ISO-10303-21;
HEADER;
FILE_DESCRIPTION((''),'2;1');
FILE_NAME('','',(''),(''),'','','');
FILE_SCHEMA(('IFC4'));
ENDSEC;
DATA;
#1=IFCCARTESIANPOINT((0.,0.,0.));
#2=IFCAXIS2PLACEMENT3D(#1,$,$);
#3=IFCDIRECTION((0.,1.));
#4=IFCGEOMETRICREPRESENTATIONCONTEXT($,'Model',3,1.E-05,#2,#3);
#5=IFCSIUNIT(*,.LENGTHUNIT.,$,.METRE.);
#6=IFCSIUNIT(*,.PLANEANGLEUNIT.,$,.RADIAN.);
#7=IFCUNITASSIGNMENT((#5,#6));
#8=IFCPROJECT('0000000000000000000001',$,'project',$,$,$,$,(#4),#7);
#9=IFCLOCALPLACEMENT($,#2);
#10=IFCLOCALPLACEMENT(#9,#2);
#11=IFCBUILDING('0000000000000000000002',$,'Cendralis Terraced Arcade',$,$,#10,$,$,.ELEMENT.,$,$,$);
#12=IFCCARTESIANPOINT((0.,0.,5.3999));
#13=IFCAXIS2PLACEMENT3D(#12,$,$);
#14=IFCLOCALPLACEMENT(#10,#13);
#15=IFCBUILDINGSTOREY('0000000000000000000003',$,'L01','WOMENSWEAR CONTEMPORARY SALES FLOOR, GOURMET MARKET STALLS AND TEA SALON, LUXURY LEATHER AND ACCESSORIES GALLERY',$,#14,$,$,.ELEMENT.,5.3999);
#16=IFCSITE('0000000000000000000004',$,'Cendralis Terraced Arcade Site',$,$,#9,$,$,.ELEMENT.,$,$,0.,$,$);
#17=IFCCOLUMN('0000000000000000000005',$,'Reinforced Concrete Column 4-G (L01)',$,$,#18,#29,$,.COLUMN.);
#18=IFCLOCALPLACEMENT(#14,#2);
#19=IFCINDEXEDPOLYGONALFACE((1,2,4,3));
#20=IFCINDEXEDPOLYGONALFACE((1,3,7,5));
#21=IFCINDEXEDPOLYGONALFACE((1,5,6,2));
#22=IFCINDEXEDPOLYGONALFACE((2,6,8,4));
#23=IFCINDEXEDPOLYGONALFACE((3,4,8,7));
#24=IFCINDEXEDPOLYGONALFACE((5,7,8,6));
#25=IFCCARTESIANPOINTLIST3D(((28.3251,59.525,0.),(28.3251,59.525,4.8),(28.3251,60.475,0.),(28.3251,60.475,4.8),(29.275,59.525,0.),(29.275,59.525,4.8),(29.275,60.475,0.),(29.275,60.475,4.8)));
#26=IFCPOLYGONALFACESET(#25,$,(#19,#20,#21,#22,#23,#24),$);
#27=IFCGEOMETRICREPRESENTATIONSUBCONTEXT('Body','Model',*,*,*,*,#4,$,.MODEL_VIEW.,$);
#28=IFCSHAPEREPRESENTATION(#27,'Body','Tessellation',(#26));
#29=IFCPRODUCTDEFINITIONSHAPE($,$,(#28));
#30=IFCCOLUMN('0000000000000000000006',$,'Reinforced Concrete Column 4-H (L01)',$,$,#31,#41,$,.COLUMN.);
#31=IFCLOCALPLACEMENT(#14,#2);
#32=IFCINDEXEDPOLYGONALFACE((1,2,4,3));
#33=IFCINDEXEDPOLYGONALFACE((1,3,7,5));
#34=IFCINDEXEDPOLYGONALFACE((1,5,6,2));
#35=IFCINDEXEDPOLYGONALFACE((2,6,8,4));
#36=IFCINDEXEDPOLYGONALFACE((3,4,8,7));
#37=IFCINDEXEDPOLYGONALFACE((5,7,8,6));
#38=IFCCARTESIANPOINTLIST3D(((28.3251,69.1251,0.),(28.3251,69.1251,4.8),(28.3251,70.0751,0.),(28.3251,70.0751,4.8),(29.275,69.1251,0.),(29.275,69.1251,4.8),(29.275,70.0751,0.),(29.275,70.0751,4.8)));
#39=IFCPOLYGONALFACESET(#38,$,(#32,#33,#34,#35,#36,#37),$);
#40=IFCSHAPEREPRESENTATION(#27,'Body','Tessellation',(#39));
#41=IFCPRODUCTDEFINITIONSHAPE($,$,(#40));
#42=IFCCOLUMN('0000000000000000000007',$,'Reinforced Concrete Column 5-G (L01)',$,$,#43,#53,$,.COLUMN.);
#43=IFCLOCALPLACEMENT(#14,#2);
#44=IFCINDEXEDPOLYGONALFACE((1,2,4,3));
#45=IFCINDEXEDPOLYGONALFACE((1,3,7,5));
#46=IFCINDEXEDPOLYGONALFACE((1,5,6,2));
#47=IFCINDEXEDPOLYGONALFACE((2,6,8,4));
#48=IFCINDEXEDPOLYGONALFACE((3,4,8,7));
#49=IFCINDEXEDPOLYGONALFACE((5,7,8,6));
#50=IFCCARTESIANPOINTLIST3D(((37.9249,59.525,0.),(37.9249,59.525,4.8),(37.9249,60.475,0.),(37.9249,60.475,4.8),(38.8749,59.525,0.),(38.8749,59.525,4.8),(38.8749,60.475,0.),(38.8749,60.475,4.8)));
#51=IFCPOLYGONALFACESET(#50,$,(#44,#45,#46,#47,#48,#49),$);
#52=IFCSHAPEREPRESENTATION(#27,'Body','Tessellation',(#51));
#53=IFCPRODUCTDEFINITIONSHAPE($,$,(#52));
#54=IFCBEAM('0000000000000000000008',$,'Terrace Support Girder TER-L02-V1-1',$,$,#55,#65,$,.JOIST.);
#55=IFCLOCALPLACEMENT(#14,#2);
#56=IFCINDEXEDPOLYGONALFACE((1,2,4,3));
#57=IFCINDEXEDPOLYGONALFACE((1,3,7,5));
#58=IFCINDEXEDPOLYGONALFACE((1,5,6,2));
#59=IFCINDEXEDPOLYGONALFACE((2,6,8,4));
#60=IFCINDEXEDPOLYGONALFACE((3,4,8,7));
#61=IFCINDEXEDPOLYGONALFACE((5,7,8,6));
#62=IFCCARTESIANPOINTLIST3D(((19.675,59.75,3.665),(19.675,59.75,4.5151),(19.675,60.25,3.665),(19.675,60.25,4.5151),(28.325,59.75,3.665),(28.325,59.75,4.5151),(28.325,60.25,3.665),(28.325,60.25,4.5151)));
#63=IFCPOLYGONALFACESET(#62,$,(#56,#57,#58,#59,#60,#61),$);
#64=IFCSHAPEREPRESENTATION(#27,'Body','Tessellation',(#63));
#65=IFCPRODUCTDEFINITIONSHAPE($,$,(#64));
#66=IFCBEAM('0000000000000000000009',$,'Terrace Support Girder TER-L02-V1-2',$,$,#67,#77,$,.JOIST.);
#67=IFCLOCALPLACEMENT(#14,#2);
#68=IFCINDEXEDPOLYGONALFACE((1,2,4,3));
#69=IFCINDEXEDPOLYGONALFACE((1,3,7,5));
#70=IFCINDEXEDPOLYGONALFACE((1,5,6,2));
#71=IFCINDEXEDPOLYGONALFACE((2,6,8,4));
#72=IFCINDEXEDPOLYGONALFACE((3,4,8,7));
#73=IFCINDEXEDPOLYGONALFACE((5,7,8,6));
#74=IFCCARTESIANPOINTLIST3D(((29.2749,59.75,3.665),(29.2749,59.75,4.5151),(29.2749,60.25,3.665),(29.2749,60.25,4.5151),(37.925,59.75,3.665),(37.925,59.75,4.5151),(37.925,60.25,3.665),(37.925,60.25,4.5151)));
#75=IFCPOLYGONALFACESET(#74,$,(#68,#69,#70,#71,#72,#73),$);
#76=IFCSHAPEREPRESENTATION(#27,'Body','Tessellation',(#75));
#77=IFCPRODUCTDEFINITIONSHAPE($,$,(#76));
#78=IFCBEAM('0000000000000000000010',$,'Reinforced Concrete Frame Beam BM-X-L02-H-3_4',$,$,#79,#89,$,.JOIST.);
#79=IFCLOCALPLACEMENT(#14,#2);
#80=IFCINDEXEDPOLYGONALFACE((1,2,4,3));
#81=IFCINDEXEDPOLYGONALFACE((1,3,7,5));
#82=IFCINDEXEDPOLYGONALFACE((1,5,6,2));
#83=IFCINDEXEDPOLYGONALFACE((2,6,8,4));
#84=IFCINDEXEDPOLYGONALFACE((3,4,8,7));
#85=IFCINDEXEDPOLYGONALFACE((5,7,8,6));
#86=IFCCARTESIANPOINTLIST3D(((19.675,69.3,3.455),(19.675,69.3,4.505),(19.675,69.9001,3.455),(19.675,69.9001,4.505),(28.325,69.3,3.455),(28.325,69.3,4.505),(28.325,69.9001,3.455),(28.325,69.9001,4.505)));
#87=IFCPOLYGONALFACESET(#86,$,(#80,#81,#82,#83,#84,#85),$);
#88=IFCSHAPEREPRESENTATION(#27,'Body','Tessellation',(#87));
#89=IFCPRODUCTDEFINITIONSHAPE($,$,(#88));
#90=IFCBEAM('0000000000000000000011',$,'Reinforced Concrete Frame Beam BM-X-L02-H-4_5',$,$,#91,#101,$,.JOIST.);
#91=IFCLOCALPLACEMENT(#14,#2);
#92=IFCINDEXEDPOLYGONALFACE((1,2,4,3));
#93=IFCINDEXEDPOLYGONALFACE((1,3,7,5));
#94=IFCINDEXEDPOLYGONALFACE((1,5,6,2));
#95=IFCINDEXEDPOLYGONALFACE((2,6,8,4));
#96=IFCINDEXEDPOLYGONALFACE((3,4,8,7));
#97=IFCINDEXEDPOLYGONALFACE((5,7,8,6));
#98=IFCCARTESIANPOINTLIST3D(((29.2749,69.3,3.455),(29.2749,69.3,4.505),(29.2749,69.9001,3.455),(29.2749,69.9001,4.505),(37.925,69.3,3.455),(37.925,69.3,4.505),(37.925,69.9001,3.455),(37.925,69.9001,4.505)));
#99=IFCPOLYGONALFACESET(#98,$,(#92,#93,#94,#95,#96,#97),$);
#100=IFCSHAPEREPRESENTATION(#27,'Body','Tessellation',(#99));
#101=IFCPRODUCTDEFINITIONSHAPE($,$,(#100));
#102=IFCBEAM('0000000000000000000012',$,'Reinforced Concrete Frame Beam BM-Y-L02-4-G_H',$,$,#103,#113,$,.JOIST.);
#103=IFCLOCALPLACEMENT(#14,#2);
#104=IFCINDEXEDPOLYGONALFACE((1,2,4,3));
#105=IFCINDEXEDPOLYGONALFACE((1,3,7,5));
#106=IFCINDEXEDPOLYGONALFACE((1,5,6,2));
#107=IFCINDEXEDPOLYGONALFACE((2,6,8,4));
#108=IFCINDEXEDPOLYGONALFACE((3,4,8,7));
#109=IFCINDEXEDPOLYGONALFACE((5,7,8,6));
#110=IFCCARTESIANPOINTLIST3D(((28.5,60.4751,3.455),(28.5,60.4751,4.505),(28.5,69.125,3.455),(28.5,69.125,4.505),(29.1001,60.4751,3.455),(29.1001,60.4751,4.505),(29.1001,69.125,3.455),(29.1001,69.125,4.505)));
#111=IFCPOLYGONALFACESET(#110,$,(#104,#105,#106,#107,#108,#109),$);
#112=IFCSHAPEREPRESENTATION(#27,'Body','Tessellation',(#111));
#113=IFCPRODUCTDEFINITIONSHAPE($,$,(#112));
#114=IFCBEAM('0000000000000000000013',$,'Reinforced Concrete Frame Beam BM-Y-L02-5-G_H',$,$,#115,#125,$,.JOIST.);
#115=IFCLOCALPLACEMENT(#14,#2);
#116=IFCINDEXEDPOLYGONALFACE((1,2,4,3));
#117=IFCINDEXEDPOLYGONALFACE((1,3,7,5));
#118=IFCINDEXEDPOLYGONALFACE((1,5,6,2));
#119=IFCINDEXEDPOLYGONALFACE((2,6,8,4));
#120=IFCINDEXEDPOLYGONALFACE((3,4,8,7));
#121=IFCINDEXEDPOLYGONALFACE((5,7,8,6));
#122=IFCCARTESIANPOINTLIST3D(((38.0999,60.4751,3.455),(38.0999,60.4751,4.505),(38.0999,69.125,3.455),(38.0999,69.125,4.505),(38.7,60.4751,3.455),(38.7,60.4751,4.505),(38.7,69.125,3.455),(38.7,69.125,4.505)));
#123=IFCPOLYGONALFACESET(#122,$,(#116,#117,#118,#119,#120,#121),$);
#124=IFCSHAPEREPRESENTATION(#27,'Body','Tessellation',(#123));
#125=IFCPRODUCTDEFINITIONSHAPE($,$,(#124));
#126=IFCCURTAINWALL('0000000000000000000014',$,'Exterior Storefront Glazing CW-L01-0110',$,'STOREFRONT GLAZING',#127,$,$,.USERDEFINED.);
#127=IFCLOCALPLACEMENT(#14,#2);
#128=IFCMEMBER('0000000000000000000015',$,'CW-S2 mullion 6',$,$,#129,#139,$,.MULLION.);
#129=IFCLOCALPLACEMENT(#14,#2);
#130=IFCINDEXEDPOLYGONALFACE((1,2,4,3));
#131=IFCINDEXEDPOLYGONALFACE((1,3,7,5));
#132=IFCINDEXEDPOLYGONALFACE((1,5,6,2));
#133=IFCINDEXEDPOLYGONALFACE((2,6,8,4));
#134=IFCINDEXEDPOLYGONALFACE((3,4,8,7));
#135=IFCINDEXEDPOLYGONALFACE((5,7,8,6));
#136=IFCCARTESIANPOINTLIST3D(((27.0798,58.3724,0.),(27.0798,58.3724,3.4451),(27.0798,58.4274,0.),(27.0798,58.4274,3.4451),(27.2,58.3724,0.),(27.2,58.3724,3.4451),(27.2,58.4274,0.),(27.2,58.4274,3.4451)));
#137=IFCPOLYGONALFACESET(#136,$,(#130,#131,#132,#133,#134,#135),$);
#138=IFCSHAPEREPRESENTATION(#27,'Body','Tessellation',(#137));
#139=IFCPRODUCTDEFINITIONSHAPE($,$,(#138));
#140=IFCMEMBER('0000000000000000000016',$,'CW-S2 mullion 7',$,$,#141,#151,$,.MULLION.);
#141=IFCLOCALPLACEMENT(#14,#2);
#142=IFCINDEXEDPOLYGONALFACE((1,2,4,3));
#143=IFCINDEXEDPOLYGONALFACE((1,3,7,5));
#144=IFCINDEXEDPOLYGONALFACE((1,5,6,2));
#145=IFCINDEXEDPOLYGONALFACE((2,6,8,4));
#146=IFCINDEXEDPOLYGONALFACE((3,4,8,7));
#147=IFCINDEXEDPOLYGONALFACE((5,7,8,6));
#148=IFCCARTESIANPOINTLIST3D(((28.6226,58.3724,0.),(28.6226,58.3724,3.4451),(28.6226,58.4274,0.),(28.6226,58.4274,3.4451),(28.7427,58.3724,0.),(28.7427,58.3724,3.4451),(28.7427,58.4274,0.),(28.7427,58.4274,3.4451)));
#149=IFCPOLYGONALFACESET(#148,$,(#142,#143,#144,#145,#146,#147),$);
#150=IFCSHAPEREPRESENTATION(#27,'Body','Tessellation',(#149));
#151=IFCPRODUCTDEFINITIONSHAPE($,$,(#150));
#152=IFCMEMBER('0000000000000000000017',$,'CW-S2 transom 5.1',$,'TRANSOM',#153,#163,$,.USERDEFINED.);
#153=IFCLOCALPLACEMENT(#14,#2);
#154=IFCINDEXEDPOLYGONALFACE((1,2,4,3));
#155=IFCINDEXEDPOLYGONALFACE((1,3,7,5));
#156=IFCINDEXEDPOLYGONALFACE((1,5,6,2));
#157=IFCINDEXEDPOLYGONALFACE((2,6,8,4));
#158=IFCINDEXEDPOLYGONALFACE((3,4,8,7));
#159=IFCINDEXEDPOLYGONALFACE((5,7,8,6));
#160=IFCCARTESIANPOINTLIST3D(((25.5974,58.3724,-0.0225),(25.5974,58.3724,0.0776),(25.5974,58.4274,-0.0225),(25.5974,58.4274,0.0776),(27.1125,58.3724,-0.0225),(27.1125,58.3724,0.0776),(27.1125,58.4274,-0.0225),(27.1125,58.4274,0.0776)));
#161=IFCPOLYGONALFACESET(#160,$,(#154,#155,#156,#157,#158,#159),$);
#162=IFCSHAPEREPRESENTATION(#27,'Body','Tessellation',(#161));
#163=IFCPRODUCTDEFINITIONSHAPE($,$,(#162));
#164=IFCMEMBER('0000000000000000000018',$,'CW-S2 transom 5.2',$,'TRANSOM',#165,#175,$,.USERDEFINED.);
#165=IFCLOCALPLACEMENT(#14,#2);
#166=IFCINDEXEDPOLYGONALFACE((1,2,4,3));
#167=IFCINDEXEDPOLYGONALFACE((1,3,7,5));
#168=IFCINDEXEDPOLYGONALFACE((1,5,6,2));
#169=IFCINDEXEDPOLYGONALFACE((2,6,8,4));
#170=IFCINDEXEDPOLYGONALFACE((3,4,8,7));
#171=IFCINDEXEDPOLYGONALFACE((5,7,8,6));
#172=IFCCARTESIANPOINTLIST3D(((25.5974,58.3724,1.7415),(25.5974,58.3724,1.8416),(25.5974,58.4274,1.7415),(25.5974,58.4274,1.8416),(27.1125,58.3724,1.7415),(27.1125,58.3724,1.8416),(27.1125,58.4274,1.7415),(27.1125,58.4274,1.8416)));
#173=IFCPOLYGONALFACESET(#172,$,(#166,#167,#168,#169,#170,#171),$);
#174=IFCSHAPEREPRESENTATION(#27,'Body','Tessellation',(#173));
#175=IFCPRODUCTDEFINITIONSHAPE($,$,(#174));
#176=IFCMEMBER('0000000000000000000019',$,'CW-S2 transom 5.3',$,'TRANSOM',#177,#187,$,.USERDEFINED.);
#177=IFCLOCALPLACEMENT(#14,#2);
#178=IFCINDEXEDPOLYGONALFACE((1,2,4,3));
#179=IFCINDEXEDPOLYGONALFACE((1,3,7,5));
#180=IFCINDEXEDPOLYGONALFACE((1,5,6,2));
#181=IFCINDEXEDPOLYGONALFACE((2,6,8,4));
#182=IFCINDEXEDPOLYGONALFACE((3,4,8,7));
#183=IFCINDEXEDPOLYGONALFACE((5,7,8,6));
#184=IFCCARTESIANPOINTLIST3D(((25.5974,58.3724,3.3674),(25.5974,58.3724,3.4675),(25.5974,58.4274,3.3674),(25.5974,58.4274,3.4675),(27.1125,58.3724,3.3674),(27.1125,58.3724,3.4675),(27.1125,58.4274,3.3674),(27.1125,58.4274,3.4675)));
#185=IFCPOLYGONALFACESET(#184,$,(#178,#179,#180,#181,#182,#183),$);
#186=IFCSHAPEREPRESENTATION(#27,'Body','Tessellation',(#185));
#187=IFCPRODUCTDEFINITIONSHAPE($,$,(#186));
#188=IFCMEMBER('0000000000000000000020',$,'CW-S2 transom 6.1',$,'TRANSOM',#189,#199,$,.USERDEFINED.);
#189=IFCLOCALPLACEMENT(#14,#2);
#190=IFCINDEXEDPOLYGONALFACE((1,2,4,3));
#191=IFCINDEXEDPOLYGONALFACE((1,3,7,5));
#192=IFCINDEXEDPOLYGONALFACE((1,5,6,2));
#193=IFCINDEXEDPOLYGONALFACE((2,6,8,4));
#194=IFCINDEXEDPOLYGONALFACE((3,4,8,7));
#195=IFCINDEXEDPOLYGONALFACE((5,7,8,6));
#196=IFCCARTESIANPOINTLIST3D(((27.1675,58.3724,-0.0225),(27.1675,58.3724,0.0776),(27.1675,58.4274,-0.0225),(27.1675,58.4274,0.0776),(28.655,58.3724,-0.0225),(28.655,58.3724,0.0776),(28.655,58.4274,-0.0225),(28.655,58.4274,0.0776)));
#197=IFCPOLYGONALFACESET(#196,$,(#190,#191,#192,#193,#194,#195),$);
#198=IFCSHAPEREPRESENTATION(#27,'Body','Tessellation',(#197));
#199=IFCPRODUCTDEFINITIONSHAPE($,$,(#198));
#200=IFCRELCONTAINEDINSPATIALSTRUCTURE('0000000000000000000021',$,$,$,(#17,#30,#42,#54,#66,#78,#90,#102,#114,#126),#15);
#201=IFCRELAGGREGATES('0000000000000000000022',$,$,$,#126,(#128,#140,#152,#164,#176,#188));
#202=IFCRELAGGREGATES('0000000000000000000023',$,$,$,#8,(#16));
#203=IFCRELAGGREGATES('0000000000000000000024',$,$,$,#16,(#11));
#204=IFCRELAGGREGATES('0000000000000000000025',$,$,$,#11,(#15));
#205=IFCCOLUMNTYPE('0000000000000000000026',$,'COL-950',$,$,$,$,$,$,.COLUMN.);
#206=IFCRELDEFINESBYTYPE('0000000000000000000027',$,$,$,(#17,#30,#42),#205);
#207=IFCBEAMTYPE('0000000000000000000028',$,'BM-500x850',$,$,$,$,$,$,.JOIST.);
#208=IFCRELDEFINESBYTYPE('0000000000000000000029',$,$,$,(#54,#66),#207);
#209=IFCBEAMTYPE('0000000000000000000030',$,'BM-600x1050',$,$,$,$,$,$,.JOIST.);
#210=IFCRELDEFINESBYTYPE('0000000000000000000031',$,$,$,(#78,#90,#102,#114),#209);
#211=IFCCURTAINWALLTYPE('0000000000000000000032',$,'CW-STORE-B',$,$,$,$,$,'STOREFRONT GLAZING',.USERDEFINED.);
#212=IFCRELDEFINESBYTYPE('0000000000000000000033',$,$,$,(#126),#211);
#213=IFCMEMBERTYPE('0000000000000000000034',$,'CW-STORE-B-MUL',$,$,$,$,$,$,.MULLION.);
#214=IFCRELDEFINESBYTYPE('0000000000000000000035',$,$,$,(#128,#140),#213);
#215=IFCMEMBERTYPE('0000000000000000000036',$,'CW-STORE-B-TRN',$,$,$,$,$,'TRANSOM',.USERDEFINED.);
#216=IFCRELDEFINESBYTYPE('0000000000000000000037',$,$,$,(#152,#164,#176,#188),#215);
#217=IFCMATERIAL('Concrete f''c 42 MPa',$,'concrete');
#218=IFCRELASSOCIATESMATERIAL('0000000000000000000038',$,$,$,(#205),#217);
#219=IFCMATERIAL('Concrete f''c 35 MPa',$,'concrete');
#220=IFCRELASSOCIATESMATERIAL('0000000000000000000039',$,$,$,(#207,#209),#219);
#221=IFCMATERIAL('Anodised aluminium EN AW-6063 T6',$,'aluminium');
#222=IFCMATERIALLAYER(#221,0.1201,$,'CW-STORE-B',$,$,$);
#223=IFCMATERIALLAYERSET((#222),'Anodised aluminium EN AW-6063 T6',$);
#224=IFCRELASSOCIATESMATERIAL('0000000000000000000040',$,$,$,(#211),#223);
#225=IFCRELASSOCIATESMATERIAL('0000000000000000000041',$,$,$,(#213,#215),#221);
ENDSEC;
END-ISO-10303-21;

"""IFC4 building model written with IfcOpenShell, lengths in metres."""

from ifc_helpers import new_model, si_unit, direction, frame, origin, origin_2d, place, context, subcontext, project, spatial, rectangle, extrude, material, layer, layer_set, material_profile, profile_set, type_object, element, aggregate, save


model = new_model("IFC4")

# Units and contexts
model_context = context("Model", 3, precision=1e-05, world=origin(), true_north=direction((0.0, 1.0)))
body_context = subcontext(model_context, "Body", "Model", "MODEL_VIEW")
ifc_project = project(units=[si_unit("LENGTHUNIT", "METRE"), si_unit("PLANEANGLEUNIT", "RADIAN")], contexts=[model_context])

# Site, building, storey
site_placement = place(None, origin())
site = spatial("IfcSite", under=ifc_project, at=site_placement, Name="Cendralis Terraced Arcade Site", CompositionType="ELEMENT", RefElevation=0.0)
building_placement = place(site_placement, origin())
building = spatial("IfcBuilding", under=site, at=building_placement, Name="Cendralis Terraced Arcade", CompositionType="ELEMENT")
storey_placement = place(building_placement, frame((0.0, 0.0, 5.3999)))
storey = spatial("IfcBuildingStorey", under=building, at=storey_placement, Name="L01", Description="WOMENSWEAR CONTEMPORARY SALES FLOOR, GOURMET MARKET STALLS AND TEA SALON, LUXURY LEATHER AND ACCESSORIES GALLERY", CompositionType="ELEMENT", Elevation=5.3999)

# Columns
ifc_material_1 = material(Name="Concrete f'c 42 MPa", Category="concrete")
ifc_material_profile_1 = material_profile(ifc_material_1, rectangle(XDim=0.95, YDim=0.95, at=origin_2d()), Name="RC-COL-950x950", Category="LoadBearing")
ifc_profile_set_1 = profile_set([ifc_material_profile_1], Name="Concrete f'c 42 MPa")
column_type = type_object("IfcColumnType", Name="COL-950", PredefinedType="COLUMN", material=ifc_profile_set_1)
for number, where, z_axis, x_axis, name in (
    (1, (28.8, 60.0, 0.0), (0.0, 0.0, 1.0), (1.0, 0.0, 0.0), "Reinforced Concrete Column 4-G (L01)"),
    (2, (28.8, 69.6001, 0.0), (0.0, 0.0, 1.0), (1.0, 0.0, 0.0), "Reinforced Concrete Column 4-H (L01)"),
    (3, (38.3999, 60.0, 0.0), (0.0, 0.0, 1.0), (1.0, 0.0, 0.0), "Reinforced Concrete Column 5-G (L01)"),
):
    element("IfcColumn", number, at=place(storey_placement, frame(where, z_axis=z_axis, x_axis=x_axis)), inside=storey, type_object=column_type, Name=name, PredefinedType="COLUMN", context=body_context, shape_type="SweptSolid", body=[
        extrude(rectangle(XDim=0.95, YDim=0.95, at=origin_2d()), origin(), (0.0, 0.0, 1.0), 4.8),
    ])

# Beams
ifc_material_2 = material(Name="Concrete f'c 35 MPa", Category="concrete")
ifc_material_profile_2 = material_profile(ifc_material_2, rectangle(XDim=0.5, YDim=0.8501, at=origin_2d()), Name="RC-BM-500x850", Category="LoadBearing")
ifc_profile_set_2 = profile_set([ifc_material_profile_2], Name="Concrete f'c 35 MPa")
beam_type_1 = type_object("IfcBeamType", Name="BM-500x850", PredefinedType="JOIST", material=ifc_profile_set_2)
beam_1_placement = place(storey_placement, frame((19.675, 60.0, 4.0901), z_axis=(1.0, 0.0, 0.0), x_axis=(0.0, 1.0, 0.0)))
element("IfcBeam", 4, at=beam_1_placement, inside=storey, type_object=beam_type_1, Name="Terrace Support Girder TER-L02-V1-1", PredefinedType="JOIST", context=body_context, shape_type="SweptSolid", body=[
    extrude(rectangle(XDim=0.5, YDim=0.8501, at=origin_2d()), origin(), (0.0, 0.0, 1.0), 8.6499),
])
beam_2_placement = place(storey_placement, frame((29.2749, 60.0, 4.0901), z_axis=(1.0, 0.0, 0.0), x_axis=(0.0, 1.0, 0.0)))
element("IfcBeam", 5, at=beam_2_placement, inside=storey, type_object=beam_type_1, Name="Terrace Support Girder TER-L02-V1-2", PredefinedType="JOIST", context=body_context, shape_type="SweptSolid", body=[
    extrude(rectangle(XDim=0.5, YDim=0.8501, at=origin_2d()), origin(), (0.0, 0.0, 1.0), 8.6501),
])
ifc_material_profile_3 = material_profile(ifc_material_2, rectangle(XDim=0.6001, YDim=1.05, at=origin_2d()), Name="RC-BM-600x1050", Category="LoadBearing")
ifc_profile_set_3 = profile_set([ifc_material_profile_3], Name="Concrete f'c 35 MPa")
beam_type_2 = type_object("IfcBeamType", Name="BM-600x1050", PredefinedType="JOIST", material=ifc_profile_set_3)
beam_3_placement = place(storey_placement, frame((19.675, 69.6001, 3.98), z_axis=(1.0, 0.0, 0.0), x_axis=(0.0, 1.0, 0.0)))
element("IfcBeam", 6, at=beam_3_placement, inside=storey, type_object=beam_type_2, Name="Reinforced Concrete Frame Beam BM-X-L02-H-3_4", PredefinedType="JOIST", context=body_context, shape_type="SweptSolid", body=[
    extrude(rectangle(XDim=0.6001, YDim=1.05, at=origin_2d()), origin(), (0.0, 0.0, 1.0), 8.6499),
])
beam_4_placement = place(storey_placement, frame((29.2749, 69.6001, 3.98), z_axis=(1.0, 0.0, 0.0), x_axis=(0.0, 1.0, 0.0)))
element("IfcBeam", 7, at=beam_4_placement, inside=storey, type_object=beam_type_2, Name="Reinforced Concrete Frame Beam BM-X-L02-H-4_5", PredefinedType="JOIST", context=body_context, shape_type="SweptSolid", body=[
    extrude(rectangle(XDim=0.6001, YDim=1.05, at=origin_2d()), origin(), (0.0, 0.0, 1.0), 8.6501),
])
for number, where, z_axis, x_axis, name in (
    (8, (28.8, 60.4751, 3.98), (0.0, 1.0, 0.0), (-1.0, 0.0, 0.0), "Reinforced Concrete Frame Beam BM-Y-L02-4-G_H"),
    (9, (38.3999, 60.4751, 3.98), (0.0, 1.0, 0.0), (-1.0, 0.0, 0.0), "Reinforced Concrete Frame Beam BM-Y-L02-5-G_H"),
):
    element("IfcBeam", number, at=place(storey_placement, frame(where, z_axis=z_axis, x_axis=x_axis)), inside=storey, type_object=beam_type_2, Name=name, PredefinedType="JOIST", context=body_context, shape_type="SweptSolid", body=[
        extrude(rectangle(XDim=0.6001, YDim=1.05, at=origin_2d()), origin(), (0.0, 0.0, 1.0), 8.6499),
    ])

# Curtain wall, members
ifc_material_3 = material(Name="Anodised aluminium EN AW-6063 T6", Category="aluminium")
ifc_layer_1 = layer(ifc_material_3, 0.1201, Name="CW-STORE-B")
ifc_layer_set_1 = layer_set([ifc_layer_1], Name="Anodised aluminium EN AW-6063 T6")
curtain_wall_type = type_object("IfcCurtainWallType", Name="CW-STORE-B", ElementType="STOREFRONT GLAZING", PredefinedType="USERDEFINED", material=ifc_layer_set_1)
curtain_wall_placement = place(storey_placement, origin())
curtain_wall = element("IfcCurtainWall", 10, at=curtain_wall_placement, inside=storey, type_object=curtain_wall_type, Name="Exterior Storefront Glazing CW-L01-0110", ObjectType="STOREFRONT GLAZING", PredefinedType="USERDEFINED")
ifc_material_profile_4 = material_profile(ifc_material_3, rectangle(XDim=0.0549, YDim=0.1201, at=origin_2d()), Name="ALU-MUL-55x120")
ifc_profile_set_4 = profile_set([ifc_material_profile_4], Name="Anodised aluminium EN AW-6063 T6")
member_type_1 = type_object("IfcMemberType", Name="CW-STORE-B-MUL", PredefinedType="MULLION", material=ifc_profile_set_4)
member_1_placement = place(storey_placement, frame((27.1399, 58.3999, 0.0), z_axis=(0.0, 0.0, 1.0), x_axis=(0.0, 1.0, 0.0)))
member_1 = element("IfcMember", 11, at=member_1_placement, type_object=member_type_1, Name="CW-S2 mullion 6", PredefinedType="MULLION", context=body_context, shape_type="SweptSolid", body=[
    extrude(rectangle(XDim=0.0549, YDim=0.1201, at=origin_2d()), origin(), (0.0, 0.0, 1.0), 3.4451),
])
member_2_placement = place(storey_placement, frame((28.6826, 58.3999, 0.0), z_axis=(0.0, 0.0, 1.0), x_axis=(0.0, 1.0, 0.0)))
member_2 = element("IfcMember", 12, at=member_2_placement, type_object=member_type_1, Name="CW-S2 mullion 7", PredefinedType="MULLION", context=body_context, shape_type="SweptSolid", body=[
    extrude(rectangle(XDim=0.0549, YDim=0.1201, at=origin_2d()), origin(), (0.0, 0.0, 1.0), 3.4451),
])
ifc_material_profile_5 = material_profile(ifc_material_3, rectangle(XDim=0.0549, YDim=0.1001, at=origin_2d()), Name="ALU-TRN-55x100")
ifc_profile_set_5 = profile_set([ifc_material_profile_5], Name="Anodised aluminium EN AW-6063 T6")
member_type_2 = type_object("IfcMemberType", Name="CW-STORE-B-TRN", ElementType="TRANSOM", PredefinedType="USERDEFINED", material=ifc_profile_set_5)
member_3_placement = place(storey_placement, frame((25.5974, 58.3999, 0.0276), z_axis=(1.0, 0.0, 0.0), x_axis=(0.0, 1.0, 0.0)))
member_3 = element("IfcMember", 13, at=member_3_placement, type_object=member_type_2, Name="CW-S2 transom 5.1", ObjectType="TRANSOM", PredefinedType="USERDEFINED", context=body_context, shape_type="SweptSolid", body=[
    extrude(rectangle(XDim=0.0549, YDim=0.1001, at=origin_2d()), origin(), (0.0, 0.0, 1.0), 1.5151),
])
member_4_placement = place(storey_placement, frame((25.5974, 58.3999, 1.7915), z_axis=(1.0, 0.0, 0.0), x_axis=(0.0, 1.0, 0.0)))
member_4 = element("IfcMember", 14, at=member_4_placement, type_object=member_type_2, Name="CW-S2 transom 5.2", ObjectType="TRANSOM", PredefinedType="USERDEFINED", context=body_context, shape_type="SweptSolid", body=[
    extrude(rectangle(XDim=0.0549, YDim=0.1001, at=origin_2d()), origin(), (0.0, 0.0, 1.0), 1.5151),
])
member_5_placement = place(storey_placement, frame((25.5974, 58.3999, 3.4175), z_axis=(1.0, 0.0, 0.0), x_axis=(0.0, 1.0, 0.0)))
member_5 = element("IfcMember", 15, at=member_5_placement, type_object=member_type_2, Name="CW-S2 transom 5.3", ObjectType="TRANSOM", PredefinedType="USERDEFINED", context=body_context, shape_type="SweptSolid", body=[
    extrude(rectangle(XDim=0.0549, YDim=0.1001, at=origin_2d()), origin(), (0.0, 0.0, 1.0), 1.5151),
])
member_6_placement = place(storey_placement, frame((27.1675, 58.3999, 0.0276), z_axis=(1.0, 0.0, 0.0), x_axis=(0.0, 1.0, 0.0)))
member_6 = element("IfcMember", 16, at=member_6_placement, type_object=member_type_2, Name="CW-S2 transom 6.1", ObjectType="TRANSOM", PredefinedType="USERDEFINED", context=body_context, shape_type="SweptSolid", body=[
    extrude(rectangle(XDim=0.0549, YDim=0.1001, at=origin_2d()), origin(), (0.0, 0.0, 1.0), 1.4875),
])
aggregate(curtain_wall, [member_1, member_2, member_3, member_4, member_5, member_6])

save(model, "model.ifc")
